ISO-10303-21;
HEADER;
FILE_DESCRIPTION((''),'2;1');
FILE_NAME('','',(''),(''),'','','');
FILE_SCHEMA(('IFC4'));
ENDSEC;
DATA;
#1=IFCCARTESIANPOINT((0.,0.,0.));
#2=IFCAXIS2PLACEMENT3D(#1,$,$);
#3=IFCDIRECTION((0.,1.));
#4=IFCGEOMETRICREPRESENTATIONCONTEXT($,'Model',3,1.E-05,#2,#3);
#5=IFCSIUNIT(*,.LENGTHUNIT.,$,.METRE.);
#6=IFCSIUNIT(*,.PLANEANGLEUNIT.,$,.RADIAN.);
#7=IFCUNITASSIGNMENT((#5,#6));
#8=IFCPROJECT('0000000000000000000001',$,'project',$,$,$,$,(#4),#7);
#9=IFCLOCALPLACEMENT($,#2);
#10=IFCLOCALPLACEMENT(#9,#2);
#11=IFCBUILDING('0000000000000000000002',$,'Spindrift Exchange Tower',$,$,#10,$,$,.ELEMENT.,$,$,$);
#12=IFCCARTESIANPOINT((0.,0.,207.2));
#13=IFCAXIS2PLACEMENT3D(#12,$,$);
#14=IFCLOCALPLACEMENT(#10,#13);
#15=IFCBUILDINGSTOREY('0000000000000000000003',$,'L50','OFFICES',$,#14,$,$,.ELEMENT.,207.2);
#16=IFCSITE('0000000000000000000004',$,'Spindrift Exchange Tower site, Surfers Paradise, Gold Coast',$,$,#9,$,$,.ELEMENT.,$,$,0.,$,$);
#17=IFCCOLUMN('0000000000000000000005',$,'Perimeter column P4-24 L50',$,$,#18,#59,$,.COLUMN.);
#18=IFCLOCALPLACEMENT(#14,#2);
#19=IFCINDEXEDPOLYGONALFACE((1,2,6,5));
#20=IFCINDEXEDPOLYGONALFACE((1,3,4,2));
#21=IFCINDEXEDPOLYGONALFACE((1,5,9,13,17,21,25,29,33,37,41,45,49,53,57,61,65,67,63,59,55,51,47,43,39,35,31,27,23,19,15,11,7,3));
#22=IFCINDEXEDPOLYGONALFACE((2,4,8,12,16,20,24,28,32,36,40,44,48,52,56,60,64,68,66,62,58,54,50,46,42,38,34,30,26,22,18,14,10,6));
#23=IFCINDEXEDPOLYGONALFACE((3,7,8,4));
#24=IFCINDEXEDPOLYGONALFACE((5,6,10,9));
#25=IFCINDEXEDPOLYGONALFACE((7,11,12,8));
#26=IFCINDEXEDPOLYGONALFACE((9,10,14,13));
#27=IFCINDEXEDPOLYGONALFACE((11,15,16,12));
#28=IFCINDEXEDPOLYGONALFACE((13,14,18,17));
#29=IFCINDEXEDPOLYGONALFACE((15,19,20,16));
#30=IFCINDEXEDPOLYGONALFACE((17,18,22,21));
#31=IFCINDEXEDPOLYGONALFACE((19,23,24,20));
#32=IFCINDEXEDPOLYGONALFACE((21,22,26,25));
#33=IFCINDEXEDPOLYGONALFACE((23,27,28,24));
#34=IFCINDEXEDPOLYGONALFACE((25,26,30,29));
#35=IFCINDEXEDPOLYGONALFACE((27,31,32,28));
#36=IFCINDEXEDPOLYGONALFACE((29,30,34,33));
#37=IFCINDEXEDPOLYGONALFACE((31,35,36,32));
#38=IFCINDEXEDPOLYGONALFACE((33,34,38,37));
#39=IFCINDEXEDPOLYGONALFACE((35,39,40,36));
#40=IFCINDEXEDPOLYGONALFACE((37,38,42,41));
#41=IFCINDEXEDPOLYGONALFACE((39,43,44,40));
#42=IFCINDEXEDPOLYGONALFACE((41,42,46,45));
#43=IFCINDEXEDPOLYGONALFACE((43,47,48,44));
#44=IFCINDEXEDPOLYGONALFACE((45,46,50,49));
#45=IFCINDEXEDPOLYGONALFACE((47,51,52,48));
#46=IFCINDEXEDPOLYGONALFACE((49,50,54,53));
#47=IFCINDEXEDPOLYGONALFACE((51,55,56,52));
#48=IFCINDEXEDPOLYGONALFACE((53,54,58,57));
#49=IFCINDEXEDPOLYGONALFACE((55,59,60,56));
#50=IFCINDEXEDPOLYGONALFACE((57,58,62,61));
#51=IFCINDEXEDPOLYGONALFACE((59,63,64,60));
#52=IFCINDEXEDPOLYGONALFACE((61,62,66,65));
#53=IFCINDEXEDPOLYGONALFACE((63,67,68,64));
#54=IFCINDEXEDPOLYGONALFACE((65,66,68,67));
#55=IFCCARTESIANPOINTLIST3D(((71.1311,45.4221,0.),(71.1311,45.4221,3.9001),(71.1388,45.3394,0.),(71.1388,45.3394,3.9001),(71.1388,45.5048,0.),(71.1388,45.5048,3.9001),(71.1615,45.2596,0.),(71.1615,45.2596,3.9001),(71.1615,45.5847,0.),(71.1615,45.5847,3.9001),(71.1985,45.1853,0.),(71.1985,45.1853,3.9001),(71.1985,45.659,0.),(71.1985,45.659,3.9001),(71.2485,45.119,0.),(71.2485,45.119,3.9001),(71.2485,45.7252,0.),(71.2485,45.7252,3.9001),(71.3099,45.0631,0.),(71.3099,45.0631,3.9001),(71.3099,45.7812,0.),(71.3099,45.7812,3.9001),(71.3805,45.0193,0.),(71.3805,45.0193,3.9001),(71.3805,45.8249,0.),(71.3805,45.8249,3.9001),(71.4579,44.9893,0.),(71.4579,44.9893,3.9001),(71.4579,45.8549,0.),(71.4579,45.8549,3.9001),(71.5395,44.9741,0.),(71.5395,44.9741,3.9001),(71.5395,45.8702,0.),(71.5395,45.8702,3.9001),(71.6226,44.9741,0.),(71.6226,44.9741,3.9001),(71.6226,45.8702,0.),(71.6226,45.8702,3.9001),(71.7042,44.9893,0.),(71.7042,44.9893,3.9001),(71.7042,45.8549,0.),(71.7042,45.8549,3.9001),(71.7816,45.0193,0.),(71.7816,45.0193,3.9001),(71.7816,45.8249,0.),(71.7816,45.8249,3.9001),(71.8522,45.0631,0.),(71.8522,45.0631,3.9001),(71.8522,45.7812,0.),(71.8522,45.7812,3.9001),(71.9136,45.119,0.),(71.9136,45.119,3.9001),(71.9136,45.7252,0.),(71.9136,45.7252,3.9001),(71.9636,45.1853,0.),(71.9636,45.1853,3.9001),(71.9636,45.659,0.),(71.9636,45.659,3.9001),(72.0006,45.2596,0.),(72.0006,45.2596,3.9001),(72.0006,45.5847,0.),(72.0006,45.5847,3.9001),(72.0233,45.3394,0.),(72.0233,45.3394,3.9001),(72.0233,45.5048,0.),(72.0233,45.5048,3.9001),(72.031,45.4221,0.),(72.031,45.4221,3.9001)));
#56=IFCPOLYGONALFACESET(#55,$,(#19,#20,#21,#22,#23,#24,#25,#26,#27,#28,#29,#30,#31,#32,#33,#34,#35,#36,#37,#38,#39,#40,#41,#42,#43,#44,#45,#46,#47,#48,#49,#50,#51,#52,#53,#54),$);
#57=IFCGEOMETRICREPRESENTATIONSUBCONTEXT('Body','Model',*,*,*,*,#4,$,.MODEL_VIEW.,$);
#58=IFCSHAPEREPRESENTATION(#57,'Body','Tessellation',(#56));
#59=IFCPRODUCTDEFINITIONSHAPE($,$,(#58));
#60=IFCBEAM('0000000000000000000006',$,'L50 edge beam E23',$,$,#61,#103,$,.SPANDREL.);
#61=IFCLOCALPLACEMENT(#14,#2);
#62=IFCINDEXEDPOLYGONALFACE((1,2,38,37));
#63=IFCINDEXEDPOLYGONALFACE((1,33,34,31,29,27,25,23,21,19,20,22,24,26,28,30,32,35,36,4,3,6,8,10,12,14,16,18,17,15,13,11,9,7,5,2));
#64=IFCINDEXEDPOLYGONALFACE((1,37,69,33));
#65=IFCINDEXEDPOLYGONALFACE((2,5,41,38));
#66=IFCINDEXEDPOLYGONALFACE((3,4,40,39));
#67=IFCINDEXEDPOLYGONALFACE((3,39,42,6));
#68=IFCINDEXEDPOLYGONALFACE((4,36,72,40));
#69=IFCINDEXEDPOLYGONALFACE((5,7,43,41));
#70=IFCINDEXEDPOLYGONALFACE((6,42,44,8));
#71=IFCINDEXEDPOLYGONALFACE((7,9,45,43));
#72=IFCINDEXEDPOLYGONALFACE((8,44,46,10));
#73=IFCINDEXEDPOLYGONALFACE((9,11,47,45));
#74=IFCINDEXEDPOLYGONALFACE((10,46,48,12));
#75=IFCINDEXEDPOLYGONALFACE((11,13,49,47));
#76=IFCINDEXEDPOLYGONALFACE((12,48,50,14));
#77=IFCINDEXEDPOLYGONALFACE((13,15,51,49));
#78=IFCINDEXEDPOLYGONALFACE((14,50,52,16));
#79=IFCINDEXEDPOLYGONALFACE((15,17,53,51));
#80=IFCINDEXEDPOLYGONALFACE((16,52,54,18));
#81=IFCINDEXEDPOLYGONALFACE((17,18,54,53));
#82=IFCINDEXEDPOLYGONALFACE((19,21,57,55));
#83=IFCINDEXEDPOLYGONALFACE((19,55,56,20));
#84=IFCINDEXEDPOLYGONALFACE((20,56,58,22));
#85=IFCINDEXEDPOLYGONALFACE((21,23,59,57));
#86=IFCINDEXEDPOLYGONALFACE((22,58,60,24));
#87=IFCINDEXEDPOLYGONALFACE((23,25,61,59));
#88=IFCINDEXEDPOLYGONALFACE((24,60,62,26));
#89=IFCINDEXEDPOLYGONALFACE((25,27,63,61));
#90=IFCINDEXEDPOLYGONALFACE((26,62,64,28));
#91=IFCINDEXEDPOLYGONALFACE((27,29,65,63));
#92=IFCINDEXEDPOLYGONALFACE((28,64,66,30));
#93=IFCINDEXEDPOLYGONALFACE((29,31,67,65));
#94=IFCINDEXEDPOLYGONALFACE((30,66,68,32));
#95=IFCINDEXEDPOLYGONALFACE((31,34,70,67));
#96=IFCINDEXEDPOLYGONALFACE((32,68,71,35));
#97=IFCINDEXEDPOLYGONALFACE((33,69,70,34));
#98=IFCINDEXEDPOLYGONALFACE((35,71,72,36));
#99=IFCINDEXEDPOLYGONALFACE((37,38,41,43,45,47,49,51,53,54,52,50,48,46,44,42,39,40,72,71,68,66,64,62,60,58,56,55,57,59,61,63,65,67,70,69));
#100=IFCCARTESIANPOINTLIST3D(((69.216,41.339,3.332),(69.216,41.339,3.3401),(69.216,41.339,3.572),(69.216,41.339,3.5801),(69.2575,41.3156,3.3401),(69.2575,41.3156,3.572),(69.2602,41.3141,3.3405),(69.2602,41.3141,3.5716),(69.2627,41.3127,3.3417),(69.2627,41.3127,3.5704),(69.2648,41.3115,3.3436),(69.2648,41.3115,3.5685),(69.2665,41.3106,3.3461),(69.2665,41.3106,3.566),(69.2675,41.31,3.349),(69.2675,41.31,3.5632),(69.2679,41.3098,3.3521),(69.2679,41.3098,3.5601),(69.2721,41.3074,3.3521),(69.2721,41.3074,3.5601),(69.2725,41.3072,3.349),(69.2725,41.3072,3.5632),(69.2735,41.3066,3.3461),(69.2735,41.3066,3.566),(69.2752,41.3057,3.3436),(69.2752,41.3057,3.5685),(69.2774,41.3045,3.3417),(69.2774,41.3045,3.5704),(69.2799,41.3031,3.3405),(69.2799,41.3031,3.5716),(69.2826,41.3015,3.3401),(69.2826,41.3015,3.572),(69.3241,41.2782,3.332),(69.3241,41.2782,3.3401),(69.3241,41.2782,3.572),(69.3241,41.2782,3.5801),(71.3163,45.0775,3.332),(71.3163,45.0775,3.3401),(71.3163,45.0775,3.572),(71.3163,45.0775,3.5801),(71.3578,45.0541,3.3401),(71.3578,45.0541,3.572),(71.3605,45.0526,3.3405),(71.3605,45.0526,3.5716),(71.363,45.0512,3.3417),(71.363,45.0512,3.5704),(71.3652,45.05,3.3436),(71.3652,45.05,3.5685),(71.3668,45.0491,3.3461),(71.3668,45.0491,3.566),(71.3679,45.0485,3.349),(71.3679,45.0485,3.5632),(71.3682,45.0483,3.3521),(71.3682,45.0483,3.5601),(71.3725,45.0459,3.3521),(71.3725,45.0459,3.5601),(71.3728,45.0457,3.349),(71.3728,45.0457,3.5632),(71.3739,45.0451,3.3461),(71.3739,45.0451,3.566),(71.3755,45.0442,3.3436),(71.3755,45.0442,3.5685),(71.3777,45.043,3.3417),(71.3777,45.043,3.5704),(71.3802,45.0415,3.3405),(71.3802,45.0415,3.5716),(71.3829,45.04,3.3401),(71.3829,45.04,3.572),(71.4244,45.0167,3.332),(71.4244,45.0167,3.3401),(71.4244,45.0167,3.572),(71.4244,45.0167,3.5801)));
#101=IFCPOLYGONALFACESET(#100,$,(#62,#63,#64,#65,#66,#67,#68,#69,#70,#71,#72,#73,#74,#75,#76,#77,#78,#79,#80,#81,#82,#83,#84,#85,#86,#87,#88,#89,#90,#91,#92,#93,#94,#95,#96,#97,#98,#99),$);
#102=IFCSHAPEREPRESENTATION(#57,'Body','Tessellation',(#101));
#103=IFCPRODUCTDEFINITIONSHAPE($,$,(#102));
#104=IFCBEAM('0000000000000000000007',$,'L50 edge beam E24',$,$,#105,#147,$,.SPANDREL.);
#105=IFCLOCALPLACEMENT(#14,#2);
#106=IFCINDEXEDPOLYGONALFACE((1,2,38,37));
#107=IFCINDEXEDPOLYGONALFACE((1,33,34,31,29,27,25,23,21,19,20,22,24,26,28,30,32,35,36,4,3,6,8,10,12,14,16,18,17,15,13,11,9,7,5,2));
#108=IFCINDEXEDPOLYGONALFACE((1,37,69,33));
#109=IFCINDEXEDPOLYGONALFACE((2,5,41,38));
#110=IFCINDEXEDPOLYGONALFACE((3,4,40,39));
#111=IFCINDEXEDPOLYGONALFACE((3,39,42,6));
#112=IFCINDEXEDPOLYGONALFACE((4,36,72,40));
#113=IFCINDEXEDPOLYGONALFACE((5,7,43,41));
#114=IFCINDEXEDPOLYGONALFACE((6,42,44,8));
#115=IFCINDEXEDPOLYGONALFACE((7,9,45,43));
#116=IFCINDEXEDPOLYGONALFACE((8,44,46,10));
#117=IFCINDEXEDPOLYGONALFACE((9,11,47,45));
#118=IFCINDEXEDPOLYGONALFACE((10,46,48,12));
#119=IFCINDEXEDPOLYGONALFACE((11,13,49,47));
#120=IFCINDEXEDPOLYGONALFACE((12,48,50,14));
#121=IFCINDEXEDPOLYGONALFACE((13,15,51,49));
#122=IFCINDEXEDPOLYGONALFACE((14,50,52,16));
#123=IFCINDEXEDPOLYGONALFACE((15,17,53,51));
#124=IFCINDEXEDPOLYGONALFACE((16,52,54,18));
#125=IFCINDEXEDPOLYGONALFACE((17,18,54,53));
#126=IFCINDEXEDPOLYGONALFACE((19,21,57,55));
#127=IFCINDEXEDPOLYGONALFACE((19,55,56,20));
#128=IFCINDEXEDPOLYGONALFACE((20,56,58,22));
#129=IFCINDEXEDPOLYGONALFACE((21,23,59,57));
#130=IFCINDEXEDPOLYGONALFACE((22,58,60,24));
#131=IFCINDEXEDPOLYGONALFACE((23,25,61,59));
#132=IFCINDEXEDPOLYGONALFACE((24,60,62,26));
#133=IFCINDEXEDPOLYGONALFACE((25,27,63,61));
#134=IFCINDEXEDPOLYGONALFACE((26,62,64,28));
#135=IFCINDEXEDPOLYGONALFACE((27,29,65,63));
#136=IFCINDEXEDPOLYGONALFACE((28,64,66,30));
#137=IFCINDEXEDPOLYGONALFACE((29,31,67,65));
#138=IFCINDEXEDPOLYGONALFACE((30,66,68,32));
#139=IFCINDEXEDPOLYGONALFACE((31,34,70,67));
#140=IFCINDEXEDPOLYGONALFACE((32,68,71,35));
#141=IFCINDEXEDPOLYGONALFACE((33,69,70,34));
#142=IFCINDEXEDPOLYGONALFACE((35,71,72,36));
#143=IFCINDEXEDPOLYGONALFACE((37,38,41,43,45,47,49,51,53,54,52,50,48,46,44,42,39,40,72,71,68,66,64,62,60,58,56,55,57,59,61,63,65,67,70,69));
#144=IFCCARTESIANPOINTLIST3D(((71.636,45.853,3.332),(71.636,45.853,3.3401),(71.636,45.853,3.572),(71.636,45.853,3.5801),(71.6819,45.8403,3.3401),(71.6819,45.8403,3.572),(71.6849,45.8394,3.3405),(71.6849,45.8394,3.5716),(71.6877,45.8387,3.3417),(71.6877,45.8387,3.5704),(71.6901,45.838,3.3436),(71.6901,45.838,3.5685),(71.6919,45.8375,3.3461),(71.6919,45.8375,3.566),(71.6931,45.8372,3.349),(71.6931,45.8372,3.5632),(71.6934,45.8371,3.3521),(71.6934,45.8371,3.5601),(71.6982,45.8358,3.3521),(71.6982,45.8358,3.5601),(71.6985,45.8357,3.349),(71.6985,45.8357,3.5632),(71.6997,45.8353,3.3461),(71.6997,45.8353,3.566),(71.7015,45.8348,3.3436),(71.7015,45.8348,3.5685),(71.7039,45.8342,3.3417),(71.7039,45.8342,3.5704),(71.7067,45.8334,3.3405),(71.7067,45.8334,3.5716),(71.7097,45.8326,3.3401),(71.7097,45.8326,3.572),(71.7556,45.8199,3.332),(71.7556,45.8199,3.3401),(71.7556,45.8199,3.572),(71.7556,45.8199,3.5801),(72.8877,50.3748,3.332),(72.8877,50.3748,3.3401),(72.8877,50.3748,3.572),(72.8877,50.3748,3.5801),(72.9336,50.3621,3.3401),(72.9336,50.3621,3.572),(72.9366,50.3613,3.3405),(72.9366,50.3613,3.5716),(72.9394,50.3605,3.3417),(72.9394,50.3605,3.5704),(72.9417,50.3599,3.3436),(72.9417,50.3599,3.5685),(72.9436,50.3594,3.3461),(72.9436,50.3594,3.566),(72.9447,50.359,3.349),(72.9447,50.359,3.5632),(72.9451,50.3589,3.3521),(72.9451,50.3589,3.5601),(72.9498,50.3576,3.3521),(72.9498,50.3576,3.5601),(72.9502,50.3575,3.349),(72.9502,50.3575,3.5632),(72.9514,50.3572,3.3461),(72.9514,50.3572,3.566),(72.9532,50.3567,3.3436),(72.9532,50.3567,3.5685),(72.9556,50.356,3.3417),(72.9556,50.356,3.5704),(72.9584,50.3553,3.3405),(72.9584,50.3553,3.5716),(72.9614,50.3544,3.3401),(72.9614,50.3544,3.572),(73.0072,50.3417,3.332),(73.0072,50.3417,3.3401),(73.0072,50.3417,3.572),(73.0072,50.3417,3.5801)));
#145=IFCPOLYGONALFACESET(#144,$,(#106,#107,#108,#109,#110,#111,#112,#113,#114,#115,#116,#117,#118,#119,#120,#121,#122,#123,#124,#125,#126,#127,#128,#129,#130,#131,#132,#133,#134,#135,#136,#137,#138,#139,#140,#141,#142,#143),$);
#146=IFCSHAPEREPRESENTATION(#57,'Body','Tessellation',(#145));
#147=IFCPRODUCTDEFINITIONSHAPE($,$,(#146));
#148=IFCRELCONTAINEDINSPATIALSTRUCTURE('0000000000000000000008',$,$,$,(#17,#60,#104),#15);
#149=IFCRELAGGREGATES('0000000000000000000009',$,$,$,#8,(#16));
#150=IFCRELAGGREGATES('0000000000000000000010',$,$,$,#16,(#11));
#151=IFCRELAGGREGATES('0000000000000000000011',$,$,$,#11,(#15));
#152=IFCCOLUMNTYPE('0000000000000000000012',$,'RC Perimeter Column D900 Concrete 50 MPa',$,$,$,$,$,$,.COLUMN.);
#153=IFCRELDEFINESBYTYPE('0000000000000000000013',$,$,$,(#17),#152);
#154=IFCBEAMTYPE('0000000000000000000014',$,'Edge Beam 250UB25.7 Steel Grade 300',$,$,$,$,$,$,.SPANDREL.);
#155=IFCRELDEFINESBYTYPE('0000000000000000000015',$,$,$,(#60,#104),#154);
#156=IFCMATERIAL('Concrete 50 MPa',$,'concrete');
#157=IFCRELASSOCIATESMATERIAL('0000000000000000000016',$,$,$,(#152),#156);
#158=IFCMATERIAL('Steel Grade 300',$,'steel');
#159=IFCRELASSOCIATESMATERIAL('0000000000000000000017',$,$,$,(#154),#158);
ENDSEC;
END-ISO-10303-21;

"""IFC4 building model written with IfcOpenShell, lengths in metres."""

from ifc_helpers import new_model, si_unit, direction, frame, origin, origin_2d, place, context, subcontext, project, spatial, circle, i_section, extrude, source, transform, mapped, material, material_profile, profile_set, type_object, element, save


model = new_model("IFC4")

# Units and contexts
model_context = context("Model", 3, precision=1e-05, world=origin(), true_north=direction((0.0, 1.0)))
body_context = subcontext(model_context, "Body", "Model", "MODEL_VIEW")
ifc_project = project(units=[si_unit("LENGTHUNIT", "METRE"), si_unit("PLANEANGLEUNIT", "RADIAN")], contexts=[model_context])

# Site, building, storey
site_placement = place(None, origin())
site = spatial("IfcSite", under=ifc_project, at=site_placement, Name="Spindrift Exchange Tower site, Surfers Paradise, Gold Coast", CompositionType="ELEMENT", RefElevation=0.0)
building_placement = place(site_placement, origin())
building = spatial("IfcBuilding", under=site, at=building_placement, Name="Spindrift Exchange Tower", CompositionType="ELEMENT")
storey_placement = place(building_placement, frame((0.0, 0.0, 207.2)))
storey = spatial("IfcBuildingStorey", under=building, at=storey_placement, Name="L50", Description="OFFICES", CompositionType="ELEMENT", Elevation=207.2)

# Column
ifc_material_1 = material(Name="Concrete 50 MPa", Category="concrete")
ifc_material_profile_1 = material_profile(ifc_material_1, circle(Radius=0.45, at=origin_2d()), Name="RC D900")
ifc_profile_set_1 = profile_set([ifc_material_profile_1], Name="Concrete 50 MPa")
column_type = type_object("IfcColumnType", Name="RC Perimeter Column D900 Concrete 50 MPa", PredefinedType="COLUMN", material=ifc_profile_set_1)
shared_shape_1 = source(origin(), body_context, "Body", "SweptSolid", [
    extrude(circle(Radius=0.45, at=origin_2d()), origin(), (0.0, 0.0, 1.0), 3.9001),
])
column_placement = place(storey_placement, frame((71.5811, 45.4221, 0.0), z_axis=(0.0, 0.0, 1.0), x_axis=(1.0, 0.0, 0.0)))
element("IfcColumn", 1, at=column_placement, inside=storey, type_object=column_type, Name="Perimeter column P4-24 L50", PredefinedType="COLUMN", context=body_context, shape_type="MappedRepresentation", body=[
    mapped(shared_shape_1, transform((0.0, 0.0, 0.0), scale=1.0)),
])

# Beams
ifc_material_2 = material(Name="Steel Grade 300", Category="steel")
ifc_material_profile_2 = material_profile(ifc_material_2, i_section(OverallWidth=0.124, OverallDepth=0.248, WebThickness=0.0049, FlangeThickness=0.0081, FilletRadius=0.012, at=origin_2d()), Name="250UB25.7")
ifc_profile_set_2 = profile_set([ifc_material_profile_2], Name="Steel Grade 300")
beam_type_1 = type_object("IfcBeamType", Name="Edge Beam 250UB25.7 Steel Grade 300", PredefinedType="SPANDREL", material=ifc_profile_set_2)
shared_shape_2 = source(origin(), body_context, "Body", "SweptSolid", [
    extrude(i_section(OverallWidth=0.124, OverallDepth=0.248, WebThickness=0.0049, FlangeThickness=0.0081, FilletRadius=0.012, at=origin_2d()), origin(), (0.0, 0.0, 1.0), 4.2881),
])
beam_1_placement = place(storey_placement, frame((69.27, 41.3086, 3.4561), z_axis=(0.489804, 0.871832, 0.0), x_axis=(-0.871832, 0.489804, 0.0)))
element("IfcBeam", 2, at=beam_1_placement, inside=storey, type_object=beam_type_1, Name="L50 edge beam E23", PredefinedType="SPANDREL", context=body_context, shape_type="MappedRepresentation", body=[
    mapped(shared_shape_2, transform((0.0, 0.0, 0.0), scale=1.0)),
])
shared_shape_3 = source(origin(), body_context, "Body", "SweptSolid", [
    extrude(i_section(OverallWidth=0.124, OverallDepth=0.248, WebThickness=0.0049, FlangeThickness=0.0081, FilletRadius=0.012, at=origin_2d()), origin(), (0.0, 0.0, 1.0), 4.6919),
])
beam_2_placement = place(storey_placement, frame((71.6958, 45.8364, 3.4561), z_axis=(0.266774, 0.963759, 0.0), x_axis=(-0.963759, 0.266774, 0.0)))
element("IfcBeam", 3, at=beam_2_placement, inside=storey, type_object=beam_type_1, Name="L50 edge beam E24", PredefinedType="SPANDREL", context=body_context, shape_type="MappedRepresentation", body=[
    mapped(shared_shape_3, transform((0.0, 0.0, 0.0), scale=1.0)),
])

save(model, "model.ifc")
